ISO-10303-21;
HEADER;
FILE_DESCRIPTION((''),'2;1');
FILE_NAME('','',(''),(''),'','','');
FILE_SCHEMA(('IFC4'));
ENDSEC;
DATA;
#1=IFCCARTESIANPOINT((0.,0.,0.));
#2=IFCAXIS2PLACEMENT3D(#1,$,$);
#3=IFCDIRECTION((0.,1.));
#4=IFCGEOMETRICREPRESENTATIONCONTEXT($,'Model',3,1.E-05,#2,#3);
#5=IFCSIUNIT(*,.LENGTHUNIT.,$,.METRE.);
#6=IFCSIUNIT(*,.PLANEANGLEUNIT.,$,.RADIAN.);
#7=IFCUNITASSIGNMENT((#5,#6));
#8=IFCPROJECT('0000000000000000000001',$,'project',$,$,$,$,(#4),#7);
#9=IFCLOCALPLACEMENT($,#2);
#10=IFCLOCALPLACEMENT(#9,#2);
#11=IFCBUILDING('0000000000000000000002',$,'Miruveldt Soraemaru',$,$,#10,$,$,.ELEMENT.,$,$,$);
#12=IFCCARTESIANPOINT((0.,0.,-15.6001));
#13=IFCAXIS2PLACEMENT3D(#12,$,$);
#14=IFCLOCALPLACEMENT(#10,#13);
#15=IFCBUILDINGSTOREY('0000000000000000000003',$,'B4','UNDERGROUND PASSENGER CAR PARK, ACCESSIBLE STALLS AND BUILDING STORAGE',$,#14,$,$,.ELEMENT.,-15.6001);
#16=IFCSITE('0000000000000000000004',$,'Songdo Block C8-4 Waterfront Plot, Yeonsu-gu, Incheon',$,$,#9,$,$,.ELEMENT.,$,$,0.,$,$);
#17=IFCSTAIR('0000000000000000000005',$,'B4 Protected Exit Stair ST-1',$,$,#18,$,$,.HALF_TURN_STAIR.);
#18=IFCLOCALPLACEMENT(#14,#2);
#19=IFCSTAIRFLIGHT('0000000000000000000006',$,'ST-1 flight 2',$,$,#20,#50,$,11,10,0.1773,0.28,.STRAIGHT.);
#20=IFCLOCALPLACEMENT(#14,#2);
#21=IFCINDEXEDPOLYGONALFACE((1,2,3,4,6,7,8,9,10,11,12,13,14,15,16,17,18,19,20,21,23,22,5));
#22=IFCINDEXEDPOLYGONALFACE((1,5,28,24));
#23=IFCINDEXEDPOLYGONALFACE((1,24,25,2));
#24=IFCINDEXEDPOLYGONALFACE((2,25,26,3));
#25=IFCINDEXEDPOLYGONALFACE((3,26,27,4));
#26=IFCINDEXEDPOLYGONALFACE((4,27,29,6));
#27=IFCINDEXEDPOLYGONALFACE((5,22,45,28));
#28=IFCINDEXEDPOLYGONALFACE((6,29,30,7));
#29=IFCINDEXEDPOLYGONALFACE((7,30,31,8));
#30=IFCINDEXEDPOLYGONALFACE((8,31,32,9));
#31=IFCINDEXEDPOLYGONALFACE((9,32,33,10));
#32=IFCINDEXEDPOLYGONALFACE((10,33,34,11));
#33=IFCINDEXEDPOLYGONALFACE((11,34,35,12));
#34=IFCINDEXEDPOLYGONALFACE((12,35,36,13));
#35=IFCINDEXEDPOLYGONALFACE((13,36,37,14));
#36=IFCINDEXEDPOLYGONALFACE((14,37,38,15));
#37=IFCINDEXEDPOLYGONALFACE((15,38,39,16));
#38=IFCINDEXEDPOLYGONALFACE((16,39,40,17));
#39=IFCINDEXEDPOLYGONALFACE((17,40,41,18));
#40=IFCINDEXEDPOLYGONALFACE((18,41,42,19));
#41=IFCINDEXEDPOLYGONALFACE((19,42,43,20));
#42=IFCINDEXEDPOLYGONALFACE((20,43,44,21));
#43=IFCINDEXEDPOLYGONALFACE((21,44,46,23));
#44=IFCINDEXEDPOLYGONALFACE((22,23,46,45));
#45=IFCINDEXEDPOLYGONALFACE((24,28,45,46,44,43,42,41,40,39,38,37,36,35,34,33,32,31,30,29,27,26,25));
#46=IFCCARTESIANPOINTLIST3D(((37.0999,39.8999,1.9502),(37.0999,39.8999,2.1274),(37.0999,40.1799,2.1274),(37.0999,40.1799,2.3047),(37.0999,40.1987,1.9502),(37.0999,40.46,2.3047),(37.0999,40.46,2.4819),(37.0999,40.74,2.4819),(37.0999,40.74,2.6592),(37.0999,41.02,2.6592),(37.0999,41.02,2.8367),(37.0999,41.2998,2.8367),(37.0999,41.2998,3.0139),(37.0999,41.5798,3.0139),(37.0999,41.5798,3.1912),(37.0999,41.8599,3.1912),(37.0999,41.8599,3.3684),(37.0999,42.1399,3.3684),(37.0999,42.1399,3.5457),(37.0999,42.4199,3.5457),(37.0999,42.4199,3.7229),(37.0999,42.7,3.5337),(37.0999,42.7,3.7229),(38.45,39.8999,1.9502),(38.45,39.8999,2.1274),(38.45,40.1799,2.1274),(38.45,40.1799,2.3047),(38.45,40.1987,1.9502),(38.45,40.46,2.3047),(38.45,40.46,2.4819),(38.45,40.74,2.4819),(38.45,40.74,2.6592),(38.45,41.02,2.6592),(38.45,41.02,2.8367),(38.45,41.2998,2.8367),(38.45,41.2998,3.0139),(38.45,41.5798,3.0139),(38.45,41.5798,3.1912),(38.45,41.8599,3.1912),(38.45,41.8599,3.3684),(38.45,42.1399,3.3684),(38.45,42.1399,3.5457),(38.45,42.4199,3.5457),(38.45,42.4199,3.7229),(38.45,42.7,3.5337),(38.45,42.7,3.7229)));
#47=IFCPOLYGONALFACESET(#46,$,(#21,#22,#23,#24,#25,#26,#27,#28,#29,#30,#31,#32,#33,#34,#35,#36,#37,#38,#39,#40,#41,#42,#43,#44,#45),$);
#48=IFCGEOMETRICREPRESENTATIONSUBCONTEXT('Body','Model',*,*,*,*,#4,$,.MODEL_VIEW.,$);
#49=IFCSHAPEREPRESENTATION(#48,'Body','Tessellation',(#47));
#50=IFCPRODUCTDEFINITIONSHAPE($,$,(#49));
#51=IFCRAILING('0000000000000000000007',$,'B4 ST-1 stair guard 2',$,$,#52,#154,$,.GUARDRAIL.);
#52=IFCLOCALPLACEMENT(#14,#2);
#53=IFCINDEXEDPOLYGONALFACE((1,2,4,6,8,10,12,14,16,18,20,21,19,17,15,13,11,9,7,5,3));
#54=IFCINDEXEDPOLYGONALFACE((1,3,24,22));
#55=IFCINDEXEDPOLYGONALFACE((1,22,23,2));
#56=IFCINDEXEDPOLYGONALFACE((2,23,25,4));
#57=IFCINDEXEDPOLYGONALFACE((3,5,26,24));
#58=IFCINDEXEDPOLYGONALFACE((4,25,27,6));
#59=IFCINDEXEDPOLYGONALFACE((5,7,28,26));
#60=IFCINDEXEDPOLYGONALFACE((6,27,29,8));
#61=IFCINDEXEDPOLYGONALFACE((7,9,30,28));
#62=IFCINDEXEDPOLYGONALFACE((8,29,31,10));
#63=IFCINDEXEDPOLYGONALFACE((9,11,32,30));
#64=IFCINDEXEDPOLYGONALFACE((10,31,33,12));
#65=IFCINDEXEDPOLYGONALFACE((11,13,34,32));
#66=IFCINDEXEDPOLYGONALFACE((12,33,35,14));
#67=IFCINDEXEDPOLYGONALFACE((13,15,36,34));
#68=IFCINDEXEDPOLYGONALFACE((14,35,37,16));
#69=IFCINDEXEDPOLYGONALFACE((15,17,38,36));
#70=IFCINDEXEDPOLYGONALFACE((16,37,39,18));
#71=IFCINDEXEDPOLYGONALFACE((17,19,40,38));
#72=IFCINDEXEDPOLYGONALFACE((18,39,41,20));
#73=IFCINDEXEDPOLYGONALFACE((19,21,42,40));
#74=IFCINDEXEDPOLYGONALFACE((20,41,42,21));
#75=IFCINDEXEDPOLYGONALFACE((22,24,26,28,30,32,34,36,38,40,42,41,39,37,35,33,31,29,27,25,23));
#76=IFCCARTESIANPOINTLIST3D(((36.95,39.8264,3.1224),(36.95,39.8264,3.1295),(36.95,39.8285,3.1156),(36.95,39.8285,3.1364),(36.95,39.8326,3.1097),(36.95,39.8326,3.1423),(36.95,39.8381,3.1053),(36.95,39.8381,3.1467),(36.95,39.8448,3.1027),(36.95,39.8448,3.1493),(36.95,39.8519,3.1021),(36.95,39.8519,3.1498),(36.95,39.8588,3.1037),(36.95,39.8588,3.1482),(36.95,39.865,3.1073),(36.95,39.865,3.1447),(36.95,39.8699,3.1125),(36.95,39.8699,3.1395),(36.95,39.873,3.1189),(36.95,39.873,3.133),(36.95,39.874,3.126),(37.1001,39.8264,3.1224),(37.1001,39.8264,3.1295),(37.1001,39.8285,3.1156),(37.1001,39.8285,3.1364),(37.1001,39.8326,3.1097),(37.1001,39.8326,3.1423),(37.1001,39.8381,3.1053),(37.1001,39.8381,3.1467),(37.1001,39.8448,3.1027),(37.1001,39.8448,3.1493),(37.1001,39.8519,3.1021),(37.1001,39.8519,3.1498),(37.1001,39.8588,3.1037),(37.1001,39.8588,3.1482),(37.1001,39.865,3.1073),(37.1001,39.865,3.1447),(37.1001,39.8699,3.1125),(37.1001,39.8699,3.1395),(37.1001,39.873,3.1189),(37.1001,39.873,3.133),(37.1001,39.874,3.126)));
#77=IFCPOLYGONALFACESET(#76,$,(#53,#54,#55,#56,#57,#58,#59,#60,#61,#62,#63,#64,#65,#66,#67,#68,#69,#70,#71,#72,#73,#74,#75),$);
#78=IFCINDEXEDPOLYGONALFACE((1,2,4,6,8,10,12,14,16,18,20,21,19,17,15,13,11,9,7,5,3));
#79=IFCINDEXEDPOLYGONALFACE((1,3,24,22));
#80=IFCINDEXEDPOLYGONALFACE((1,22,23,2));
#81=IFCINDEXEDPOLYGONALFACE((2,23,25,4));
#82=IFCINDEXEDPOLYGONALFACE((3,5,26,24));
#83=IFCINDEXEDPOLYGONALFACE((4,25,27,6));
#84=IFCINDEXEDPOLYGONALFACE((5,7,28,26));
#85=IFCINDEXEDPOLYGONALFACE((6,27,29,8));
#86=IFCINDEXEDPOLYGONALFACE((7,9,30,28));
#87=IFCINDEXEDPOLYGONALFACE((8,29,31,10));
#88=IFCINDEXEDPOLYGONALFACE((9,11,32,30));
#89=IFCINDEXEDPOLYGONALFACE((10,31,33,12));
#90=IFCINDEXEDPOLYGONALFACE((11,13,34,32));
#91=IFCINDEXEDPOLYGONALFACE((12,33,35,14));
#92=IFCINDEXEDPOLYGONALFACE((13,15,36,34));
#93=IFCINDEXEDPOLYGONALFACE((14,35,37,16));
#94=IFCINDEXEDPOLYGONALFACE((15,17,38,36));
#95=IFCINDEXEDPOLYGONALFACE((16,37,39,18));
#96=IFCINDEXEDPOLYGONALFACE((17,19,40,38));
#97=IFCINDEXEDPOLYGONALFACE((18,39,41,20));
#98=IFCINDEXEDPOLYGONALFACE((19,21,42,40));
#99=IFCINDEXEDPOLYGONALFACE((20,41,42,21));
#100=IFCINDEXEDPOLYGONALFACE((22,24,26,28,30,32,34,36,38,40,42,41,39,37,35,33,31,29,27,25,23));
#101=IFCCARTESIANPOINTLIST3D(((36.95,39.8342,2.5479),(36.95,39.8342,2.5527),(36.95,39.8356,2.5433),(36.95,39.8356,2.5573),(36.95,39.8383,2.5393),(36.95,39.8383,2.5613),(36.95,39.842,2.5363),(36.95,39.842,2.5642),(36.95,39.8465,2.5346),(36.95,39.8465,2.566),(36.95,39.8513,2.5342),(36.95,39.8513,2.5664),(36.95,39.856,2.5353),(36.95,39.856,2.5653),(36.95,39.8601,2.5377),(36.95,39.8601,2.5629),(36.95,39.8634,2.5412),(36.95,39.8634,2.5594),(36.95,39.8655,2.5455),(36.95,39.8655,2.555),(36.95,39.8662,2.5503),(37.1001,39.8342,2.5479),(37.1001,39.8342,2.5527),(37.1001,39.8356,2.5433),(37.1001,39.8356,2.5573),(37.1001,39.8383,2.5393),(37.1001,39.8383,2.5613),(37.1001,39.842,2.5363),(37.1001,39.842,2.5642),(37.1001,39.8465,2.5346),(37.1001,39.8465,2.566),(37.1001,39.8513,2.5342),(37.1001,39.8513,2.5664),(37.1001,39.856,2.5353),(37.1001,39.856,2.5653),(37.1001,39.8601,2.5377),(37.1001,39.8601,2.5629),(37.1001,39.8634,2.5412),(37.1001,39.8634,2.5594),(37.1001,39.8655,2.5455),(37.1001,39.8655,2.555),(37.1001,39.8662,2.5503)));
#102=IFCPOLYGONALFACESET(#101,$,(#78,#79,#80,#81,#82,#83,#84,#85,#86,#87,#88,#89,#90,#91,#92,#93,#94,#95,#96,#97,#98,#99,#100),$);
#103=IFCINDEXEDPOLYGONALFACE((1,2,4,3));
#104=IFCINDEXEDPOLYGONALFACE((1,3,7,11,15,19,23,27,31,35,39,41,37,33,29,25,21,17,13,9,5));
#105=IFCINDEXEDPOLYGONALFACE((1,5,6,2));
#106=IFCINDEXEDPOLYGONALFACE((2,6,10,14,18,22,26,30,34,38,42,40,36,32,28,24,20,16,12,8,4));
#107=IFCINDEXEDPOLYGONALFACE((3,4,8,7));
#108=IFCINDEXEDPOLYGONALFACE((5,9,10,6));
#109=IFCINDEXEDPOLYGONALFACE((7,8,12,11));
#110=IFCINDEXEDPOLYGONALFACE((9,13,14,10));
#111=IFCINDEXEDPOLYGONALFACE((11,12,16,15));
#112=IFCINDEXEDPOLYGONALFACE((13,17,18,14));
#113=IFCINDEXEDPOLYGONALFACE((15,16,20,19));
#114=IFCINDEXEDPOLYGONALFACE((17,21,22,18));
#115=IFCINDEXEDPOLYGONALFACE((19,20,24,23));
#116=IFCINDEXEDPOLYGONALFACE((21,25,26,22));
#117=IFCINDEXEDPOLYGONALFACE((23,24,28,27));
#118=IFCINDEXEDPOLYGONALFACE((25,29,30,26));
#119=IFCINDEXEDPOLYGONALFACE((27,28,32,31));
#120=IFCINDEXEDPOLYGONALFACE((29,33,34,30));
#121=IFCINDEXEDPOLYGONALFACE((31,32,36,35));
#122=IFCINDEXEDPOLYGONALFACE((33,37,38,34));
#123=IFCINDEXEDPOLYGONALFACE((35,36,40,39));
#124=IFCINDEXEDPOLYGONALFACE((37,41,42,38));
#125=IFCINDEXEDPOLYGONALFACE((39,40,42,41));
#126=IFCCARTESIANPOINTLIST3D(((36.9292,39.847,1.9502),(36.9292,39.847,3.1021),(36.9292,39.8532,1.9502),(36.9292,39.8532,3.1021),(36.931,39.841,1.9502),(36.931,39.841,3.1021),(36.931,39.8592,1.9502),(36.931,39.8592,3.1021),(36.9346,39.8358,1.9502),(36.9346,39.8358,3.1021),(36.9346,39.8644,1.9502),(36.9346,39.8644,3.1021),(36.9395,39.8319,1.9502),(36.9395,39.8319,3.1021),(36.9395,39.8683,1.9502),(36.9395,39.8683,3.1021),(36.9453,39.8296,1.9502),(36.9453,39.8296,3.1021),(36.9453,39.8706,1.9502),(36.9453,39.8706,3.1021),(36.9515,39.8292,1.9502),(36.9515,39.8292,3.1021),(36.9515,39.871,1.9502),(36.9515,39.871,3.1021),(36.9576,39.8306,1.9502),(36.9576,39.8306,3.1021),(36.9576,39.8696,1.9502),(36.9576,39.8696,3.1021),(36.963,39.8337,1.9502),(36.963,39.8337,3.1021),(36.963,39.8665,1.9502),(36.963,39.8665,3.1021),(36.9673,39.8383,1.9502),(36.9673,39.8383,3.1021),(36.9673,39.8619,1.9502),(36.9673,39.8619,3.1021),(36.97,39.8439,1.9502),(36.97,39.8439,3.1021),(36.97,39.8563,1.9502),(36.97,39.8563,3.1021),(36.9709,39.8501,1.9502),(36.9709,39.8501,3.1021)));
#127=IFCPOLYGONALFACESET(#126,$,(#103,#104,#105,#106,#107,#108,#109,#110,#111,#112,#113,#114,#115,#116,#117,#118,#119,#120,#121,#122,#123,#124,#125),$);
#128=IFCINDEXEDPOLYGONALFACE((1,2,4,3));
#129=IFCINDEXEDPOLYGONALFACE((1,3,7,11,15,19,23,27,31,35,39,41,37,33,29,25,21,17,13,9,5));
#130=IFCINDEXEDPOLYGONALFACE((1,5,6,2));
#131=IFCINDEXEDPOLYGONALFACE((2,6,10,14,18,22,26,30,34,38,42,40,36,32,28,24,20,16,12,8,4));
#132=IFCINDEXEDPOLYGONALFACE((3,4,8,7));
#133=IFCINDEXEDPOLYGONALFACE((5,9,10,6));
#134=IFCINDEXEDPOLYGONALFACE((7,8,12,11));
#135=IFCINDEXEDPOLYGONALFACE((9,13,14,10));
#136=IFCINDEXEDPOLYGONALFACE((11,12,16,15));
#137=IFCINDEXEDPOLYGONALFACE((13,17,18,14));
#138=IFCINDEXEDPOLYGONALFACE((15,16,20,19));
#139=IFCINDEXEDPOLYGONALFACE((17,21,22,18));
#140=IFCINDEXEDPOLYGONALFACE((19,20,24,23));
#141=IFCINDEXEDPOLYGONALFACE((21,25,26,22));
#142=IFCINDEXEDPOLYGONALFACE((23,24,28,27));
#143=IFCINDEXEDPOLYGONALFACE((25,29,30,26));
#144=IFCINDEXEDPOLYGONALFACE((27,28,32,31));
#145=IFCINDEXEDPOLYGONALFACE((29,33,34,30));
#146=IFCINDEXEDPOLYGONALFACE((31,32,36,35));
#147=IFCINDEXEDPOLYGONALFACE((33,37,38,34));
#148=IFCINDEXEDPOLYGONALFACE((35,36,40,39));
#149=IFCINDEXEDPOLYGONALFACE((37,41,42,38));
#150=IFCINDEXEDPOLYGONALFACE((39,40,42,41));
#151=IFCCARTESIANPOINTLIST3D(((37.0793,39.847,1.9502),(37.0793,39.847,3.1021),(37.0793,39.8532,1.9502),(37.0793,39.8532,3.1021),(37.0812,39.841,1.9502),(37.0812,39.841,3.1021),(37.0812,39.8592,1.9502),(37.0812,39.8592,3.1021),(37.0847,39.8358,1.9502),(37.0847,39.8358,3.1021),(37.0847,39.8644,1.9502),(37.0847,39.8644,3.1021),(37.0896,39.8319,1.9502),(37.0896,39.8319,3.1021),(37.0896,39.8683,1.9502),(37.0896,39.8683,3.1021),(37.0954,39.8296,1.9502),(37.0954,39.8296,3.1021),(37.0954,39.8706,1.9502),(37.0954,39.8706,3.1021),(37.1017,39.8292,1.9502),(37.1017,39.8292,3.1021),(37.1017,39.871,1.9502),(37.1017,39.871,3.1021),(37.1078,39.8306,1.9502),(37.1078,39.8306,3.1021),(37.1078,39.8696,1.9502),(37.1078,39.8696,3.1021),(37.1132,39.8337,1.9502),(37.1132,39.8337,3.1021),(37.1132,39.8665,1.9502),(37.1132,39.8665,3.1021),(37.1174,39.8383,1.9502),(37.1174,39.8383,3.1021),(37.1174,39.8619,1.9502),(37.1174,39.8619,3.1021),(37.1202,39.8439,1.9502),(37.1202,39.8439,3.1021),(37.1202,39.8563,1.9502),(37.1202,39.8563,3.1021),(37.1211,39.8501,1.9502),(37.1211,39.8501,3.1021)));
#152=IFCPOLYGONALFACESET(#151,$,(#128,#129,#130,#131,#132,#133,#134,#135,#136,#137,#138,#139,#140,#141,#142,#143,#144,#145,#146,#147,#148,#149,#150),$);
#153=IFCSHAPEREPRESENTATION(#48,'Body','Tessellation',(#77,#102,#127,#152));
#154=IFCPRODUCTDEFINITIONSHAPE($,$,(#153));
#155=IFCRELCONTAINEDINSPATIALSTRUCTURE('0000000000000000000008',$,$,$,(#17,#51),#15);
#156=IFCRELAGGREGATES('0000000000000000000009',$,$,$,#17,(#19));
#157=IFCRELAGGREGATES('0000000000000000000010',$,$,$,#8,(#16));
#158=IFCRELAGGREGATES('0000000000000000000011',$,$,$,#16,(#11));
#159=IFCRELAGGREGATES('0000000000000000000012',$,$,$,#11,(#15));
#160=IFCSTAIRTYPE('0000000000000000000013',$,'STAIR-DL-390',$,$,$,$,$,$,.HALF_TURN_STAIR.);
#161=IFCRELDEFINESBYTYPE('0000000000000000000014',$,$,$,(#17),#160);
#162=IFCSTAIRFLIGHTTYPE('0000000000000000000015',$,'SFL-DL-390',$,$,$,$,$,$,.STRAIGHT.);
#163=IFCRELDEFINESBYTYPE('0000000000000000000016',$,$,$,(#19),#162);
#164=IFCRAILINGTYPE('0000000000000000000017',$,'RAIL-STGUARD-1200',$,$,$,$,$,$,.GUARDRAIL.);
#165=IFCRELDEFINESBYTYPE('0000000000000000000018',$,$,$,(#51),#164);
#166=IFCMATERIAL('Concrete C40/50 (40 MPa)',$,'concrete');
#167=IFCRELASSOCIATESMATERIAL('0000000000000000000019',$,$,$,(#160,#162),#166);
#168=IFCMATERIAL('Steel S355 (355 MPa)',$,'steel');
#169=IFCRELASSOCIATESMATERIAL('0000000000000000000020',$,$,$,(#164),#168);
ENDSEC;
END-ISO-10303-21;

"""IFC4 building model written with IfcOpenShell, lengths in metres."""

from ifc_helpers import new_model, si_unit, direction, frame, origin, origin_2d, place, context, subcontext, project, spatial, polyline, circle, outline, extrude, material, type_object, element, aggregate, save


model = new_model("IFC4")

# Units and contexts
model_context = context("Model", 3, precision=1e-05, world=origin(), true_north=direction((0.0, 1.0)))
body_context = subcontext(model_context, "Body", "Model", "MODEL_VIEW")
ifc_project = project(units=[si_unit("LENGTHUNIT", "METRE"), si_unit("PLANEANGLEUNIT", "RADIAN")], contexts=[model_context])

# Site, building, storey
site_placement = place(None, origin())
site = spatial("IfcSite", under=ifc_project, at=site_placement, Name="Songdo Block C8-4 Waterfront Plot, Yeonsu-gu, Incheon", CompositionType="ELEMENT", RefElevation=0.0)
building_placement = place(site_placement, origin())
building = spatial("IfcBuilding", under=site, at=building_placement, Name="Miruveldt Soraemaru", CompositionType="ELEMENT")
storey_placement = place(building_placement, frame((0.0, 0.0, -15.6001)))
storey = spatial("IfcBuildingStorey", under=building, at=storey_placement, Name="B4", Description="UNDERGROUND PASSENGER CAR PARK, ACCESSIBLE STALLS AND BUILDING STORAGE", CompositionType="ELEMENT", Elevation=-15.6001)

# Shared definitions
ifc_material_1 = material(Name="Concrete C40/50 (40 MPa)", Category="concrete")

# Stair, stair flight
stair_type = type_object("IfcStairType", Name="STAIR-DL-390", PredefinedType="HALF_TURN_STAIR", material=ifc_material_1)
stair_placement = place(storey_placement, origin())
stair = element("IfcStair", 1, at=stair_placement, inside=storey, type_object=stair_type, Name="B4 Protected Exit Stair ST-1", PredefinedType="HALF_TURN_STAIR")
stair_flight_type = type_object("IfcStairFlightType", Name="SFL-DL-390", PredefinedType="STRAIGHT", material=ifc_material_1)
stair_flight_placement = place(storey_placement, frame((37.7749, 39.8999, 1.9502), z_axis=(0.0, 0.0, 1.0), x_axis=(0.0, 1.0, 0.0)))
stair_flight = element("IfcStairFlight", 2, at=stair_flight_placement, type_object=stair_flight_type, Name="ST-1 flight 2", NumberOfRisers=11, NumberOfTreads=10, PredefinedType="STRAIGHT", RiserHeight=0.1773, TreadLength=0.28, context=body_context, shape_type="SweptSolid", body=[
    extrude(outline(polyline([(0.0, 0.0), (0.0, 0.1772), (0.28, 0.1772), (0.28, 0.3545), (0.5601, 0.3545), (0.5601, 0.5317), (0.8401, 0.5317), (0.8401, 0.709), (1.1201, 0.709), (1.1201, 0.8865), (1.3999, 0.8865), (1.3999, 1.0637), (1.6799, 1.0637), (1.6799, 1.241), (1.96, 1.241), (1.96, 1.4182), (2.24, 1.4182), (2.24, 1.5955), (2.52, 1.5955), (2.52, 1.7727), (2.8, 1.7727), (2.8, 1.95), (2.8, 1.5835), (0.2988, 0.0), (0.0, 0.0)])), frame((0.0, 0.675, 0.0), z_axis=(0.0, -1.0, 0.0), x_axis=(1.0, 0.0, 0.0)), (0.0, 0.0, 1.0), 1.3501),
])
aggregate(stair, [stair_flight])

# Railing
ifc_material_2 = material(Name="Steel S355 (355 MPa)", Category="steel")
railing_type_1 = type_object("IfcRailingType", Name="RAIL-STGUARD-1200", PredefinedType="GUARDRAIL", material=ifc_material_2)
railing_1_placement = place(storey_placement, frame((36.95, 39.8501, 1.9502)))
element("IfcRailing", 3, at=railing_1_placement, inside=storey, type_object=railing_type_1, Name="B4 ST-1 stair guard 2", PredefinedType="GUARDRAIL", context=body_context, shape_type="SweptSolid", body=[
    extrude(circle(Radius=0.0239, at=origin_2d()), frame((0.0, 0.0, 1.1758), z_axis=(1.0, 0.0, 0.0), x_axis=(0.0, 1.0, 0.0)), (0.0, 0.0, 1.0), 0.1501),
    extrude(circle(Radius=0.0161, at=origin_2d()), frame((0.0, 0.0, 0.6001), z_axis=(1.0, 0.0, 0.0), x_axis=(0.0, 1.0, 0.0)), (0.0, 0.0, 1.0), 0.1501),
    extrude(circle(Radius=0.021, at=origin_2d()), origin(), (0.0, 0.0, 1.0), 1.1519),
    extrude(circle(Radius=0.021, at=origin_2d()), frame((0.1501, 0.0, 0.0)), (0.0, 0.0, 1.0), 1.1519),
])

save(model, "model.ifc")
